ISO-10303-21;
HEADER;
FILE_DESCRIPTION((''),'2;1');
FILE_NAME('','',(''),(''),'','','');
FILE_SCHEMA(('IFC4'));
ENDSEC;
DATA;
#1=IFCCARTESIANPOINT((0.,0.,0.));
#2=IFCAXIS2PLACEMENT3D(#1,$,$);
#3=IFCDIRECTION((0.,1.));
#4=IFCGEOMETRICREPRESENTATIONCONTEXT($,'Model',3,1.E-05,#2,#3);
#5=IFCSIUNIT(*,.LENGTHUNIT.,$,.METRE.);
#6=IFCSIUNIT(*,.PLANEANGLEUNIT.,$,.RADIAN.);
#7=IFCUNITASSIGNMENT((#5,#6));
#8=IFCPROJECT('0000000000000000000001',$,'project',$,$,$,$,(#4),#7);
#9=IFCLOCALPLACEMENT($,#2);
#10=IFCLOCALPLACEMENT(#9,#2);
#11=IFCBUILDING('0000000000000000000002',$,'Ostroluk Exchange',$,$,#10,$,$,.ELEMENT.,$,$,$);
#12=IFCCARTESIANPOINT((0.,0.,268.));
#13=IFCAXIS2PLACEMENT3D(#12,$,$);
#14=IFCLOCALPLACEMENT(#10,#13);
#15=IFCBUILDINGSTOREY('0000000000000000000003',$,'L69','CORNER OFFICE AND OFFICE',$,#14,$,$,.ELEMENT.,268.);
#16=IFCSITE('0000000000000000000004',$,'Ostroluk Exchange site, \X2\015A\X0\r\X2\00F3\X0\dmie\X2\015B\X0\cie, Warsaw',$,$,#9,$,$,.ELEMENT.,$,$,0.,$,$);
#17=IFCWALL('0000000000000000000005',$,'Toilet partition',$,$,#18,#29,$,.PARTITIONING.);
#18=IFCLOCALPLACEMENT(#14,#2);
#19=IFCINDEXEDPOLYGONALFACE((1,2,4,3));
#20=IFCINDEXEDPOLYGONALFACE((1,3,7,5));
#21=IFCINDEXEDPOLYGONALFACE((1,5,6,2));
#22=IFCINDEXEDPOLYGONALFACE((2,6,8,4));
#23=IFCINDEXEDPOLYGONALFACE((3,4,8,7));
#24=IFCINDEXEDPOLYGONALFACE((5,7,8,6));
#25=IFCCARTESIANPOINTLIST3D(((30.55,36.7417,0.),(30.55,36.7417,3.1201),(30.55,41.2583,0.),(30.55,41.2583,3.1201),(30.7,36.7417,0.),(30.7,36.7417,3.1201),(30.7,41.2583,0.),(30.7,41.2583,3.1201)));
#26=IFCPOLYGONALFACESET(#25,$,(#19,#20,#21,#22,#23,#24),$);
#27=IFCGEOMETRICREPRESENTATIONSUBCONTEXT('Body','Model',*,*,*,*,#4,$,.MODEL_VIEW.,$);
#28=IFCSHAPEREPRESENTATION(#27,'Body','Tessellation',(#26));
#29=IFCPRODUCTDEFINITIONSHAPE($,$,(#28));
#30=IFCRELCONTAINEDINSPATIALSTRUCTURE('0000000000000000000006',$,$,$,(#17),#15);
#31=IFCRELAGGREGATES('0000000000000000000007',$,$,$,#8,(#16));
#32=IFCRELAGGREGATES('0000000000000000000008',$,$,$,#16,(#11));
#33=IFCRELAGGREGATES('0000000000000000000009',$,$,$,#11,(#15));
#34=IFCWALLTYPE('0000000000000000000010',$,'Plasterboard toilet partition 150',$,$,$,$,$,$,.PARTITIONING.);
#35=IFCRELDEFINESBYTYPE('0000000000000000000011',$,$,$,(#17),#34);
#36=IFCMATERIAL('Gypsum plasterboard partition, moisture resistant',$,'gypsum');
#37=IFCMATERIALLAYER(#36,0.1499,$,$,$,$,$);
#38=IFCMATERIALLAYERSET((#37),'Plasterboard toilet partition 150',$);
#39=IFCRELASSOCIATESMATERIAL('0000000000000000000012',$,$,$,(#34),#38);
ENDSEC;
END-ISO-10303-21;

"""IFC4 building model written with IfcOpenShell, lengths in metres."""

from ifc_helpers import new_model, si_unit, direction, frame, frame_2d, origin, place, context, subcontext, project, spatial, rectangle, extrude, material, layer, layer_set, type_object, element, save


model = new_model("IFC4")

# Units and contexts
model_context = context("Model", 3, precision=1e-05, world=origin(), true_north=direction((0.0, 1.0)))
body_context = subcontext(model_context, "Body", "Model", "MODEL_VIEW")
ifc_project = project(units=[si_unit("LENGTHUNIT", "METRE"), si_unit("PLANEANGLEUNIT", "RADIAN")], contexts=[model_context])

# Site, building, storey
site_placement = place(None, origin())
site = spatial("IfcSite", under=ifc_project, at=site_placement, Name="Ostroluk Exchange site, Śródmieście, Warsaw", CompositionType="ELEMENT", RefElevation=0.0)
building_placement = place(site_placement, origin())
building = spatial("IfcBuilding", under=site, at=building_placement, Name="Ostroluk Exchange", CompositionType="ELEMENT")
storey_placement = place(building_placement, frame((0.0, 0.0, 268.0)))
storey = spatial("IfcBuildingStorey", under=building, at=storey_placement, Name="L69", Description="CORNER OFFICE AND OFFICE", CompositionType="ELEMENT", Elevation=268.0)

# Wall
ifc_material_1 = material(Name="Gypsum plasterboard partition, moisture resistant", Category="gypsum")
ifc_layer_1 = layer(ifc_material_1, 0.1499)
ifc_layer_set_1 = layer_set([ifc_layer_1], Name="Plasterboard toilet partition 150")
wall_type_1 = type_object("IfcWallType", Name="Plasterboard toilet partition 150", PredefinedType="PARTITIONING", material=ifc_layer_set_1)
wall_1_placement = place(storey_placement, frame((30.625, 41.2583, 0.0), z_axis=(0.0, 0.0, 1.0), x_axis=(0.0, -1.0, 0.0)))
element("IfcWall", 1, at=wall_1_placement, inside=storey, type_object=wall_type_1, Name="Toilet partition", PredefinedType="PARTITIONING", context=body_context, shape_type="SweptSolid", body=[
    extrude(rectangle(XDim=4.5166, YDim=0.1499, at=frame_2d((2.2583, 0.0))), origin(), (0.0, 0.0, 1.0), 3.1201),
])

save(model, "model.ifc")
